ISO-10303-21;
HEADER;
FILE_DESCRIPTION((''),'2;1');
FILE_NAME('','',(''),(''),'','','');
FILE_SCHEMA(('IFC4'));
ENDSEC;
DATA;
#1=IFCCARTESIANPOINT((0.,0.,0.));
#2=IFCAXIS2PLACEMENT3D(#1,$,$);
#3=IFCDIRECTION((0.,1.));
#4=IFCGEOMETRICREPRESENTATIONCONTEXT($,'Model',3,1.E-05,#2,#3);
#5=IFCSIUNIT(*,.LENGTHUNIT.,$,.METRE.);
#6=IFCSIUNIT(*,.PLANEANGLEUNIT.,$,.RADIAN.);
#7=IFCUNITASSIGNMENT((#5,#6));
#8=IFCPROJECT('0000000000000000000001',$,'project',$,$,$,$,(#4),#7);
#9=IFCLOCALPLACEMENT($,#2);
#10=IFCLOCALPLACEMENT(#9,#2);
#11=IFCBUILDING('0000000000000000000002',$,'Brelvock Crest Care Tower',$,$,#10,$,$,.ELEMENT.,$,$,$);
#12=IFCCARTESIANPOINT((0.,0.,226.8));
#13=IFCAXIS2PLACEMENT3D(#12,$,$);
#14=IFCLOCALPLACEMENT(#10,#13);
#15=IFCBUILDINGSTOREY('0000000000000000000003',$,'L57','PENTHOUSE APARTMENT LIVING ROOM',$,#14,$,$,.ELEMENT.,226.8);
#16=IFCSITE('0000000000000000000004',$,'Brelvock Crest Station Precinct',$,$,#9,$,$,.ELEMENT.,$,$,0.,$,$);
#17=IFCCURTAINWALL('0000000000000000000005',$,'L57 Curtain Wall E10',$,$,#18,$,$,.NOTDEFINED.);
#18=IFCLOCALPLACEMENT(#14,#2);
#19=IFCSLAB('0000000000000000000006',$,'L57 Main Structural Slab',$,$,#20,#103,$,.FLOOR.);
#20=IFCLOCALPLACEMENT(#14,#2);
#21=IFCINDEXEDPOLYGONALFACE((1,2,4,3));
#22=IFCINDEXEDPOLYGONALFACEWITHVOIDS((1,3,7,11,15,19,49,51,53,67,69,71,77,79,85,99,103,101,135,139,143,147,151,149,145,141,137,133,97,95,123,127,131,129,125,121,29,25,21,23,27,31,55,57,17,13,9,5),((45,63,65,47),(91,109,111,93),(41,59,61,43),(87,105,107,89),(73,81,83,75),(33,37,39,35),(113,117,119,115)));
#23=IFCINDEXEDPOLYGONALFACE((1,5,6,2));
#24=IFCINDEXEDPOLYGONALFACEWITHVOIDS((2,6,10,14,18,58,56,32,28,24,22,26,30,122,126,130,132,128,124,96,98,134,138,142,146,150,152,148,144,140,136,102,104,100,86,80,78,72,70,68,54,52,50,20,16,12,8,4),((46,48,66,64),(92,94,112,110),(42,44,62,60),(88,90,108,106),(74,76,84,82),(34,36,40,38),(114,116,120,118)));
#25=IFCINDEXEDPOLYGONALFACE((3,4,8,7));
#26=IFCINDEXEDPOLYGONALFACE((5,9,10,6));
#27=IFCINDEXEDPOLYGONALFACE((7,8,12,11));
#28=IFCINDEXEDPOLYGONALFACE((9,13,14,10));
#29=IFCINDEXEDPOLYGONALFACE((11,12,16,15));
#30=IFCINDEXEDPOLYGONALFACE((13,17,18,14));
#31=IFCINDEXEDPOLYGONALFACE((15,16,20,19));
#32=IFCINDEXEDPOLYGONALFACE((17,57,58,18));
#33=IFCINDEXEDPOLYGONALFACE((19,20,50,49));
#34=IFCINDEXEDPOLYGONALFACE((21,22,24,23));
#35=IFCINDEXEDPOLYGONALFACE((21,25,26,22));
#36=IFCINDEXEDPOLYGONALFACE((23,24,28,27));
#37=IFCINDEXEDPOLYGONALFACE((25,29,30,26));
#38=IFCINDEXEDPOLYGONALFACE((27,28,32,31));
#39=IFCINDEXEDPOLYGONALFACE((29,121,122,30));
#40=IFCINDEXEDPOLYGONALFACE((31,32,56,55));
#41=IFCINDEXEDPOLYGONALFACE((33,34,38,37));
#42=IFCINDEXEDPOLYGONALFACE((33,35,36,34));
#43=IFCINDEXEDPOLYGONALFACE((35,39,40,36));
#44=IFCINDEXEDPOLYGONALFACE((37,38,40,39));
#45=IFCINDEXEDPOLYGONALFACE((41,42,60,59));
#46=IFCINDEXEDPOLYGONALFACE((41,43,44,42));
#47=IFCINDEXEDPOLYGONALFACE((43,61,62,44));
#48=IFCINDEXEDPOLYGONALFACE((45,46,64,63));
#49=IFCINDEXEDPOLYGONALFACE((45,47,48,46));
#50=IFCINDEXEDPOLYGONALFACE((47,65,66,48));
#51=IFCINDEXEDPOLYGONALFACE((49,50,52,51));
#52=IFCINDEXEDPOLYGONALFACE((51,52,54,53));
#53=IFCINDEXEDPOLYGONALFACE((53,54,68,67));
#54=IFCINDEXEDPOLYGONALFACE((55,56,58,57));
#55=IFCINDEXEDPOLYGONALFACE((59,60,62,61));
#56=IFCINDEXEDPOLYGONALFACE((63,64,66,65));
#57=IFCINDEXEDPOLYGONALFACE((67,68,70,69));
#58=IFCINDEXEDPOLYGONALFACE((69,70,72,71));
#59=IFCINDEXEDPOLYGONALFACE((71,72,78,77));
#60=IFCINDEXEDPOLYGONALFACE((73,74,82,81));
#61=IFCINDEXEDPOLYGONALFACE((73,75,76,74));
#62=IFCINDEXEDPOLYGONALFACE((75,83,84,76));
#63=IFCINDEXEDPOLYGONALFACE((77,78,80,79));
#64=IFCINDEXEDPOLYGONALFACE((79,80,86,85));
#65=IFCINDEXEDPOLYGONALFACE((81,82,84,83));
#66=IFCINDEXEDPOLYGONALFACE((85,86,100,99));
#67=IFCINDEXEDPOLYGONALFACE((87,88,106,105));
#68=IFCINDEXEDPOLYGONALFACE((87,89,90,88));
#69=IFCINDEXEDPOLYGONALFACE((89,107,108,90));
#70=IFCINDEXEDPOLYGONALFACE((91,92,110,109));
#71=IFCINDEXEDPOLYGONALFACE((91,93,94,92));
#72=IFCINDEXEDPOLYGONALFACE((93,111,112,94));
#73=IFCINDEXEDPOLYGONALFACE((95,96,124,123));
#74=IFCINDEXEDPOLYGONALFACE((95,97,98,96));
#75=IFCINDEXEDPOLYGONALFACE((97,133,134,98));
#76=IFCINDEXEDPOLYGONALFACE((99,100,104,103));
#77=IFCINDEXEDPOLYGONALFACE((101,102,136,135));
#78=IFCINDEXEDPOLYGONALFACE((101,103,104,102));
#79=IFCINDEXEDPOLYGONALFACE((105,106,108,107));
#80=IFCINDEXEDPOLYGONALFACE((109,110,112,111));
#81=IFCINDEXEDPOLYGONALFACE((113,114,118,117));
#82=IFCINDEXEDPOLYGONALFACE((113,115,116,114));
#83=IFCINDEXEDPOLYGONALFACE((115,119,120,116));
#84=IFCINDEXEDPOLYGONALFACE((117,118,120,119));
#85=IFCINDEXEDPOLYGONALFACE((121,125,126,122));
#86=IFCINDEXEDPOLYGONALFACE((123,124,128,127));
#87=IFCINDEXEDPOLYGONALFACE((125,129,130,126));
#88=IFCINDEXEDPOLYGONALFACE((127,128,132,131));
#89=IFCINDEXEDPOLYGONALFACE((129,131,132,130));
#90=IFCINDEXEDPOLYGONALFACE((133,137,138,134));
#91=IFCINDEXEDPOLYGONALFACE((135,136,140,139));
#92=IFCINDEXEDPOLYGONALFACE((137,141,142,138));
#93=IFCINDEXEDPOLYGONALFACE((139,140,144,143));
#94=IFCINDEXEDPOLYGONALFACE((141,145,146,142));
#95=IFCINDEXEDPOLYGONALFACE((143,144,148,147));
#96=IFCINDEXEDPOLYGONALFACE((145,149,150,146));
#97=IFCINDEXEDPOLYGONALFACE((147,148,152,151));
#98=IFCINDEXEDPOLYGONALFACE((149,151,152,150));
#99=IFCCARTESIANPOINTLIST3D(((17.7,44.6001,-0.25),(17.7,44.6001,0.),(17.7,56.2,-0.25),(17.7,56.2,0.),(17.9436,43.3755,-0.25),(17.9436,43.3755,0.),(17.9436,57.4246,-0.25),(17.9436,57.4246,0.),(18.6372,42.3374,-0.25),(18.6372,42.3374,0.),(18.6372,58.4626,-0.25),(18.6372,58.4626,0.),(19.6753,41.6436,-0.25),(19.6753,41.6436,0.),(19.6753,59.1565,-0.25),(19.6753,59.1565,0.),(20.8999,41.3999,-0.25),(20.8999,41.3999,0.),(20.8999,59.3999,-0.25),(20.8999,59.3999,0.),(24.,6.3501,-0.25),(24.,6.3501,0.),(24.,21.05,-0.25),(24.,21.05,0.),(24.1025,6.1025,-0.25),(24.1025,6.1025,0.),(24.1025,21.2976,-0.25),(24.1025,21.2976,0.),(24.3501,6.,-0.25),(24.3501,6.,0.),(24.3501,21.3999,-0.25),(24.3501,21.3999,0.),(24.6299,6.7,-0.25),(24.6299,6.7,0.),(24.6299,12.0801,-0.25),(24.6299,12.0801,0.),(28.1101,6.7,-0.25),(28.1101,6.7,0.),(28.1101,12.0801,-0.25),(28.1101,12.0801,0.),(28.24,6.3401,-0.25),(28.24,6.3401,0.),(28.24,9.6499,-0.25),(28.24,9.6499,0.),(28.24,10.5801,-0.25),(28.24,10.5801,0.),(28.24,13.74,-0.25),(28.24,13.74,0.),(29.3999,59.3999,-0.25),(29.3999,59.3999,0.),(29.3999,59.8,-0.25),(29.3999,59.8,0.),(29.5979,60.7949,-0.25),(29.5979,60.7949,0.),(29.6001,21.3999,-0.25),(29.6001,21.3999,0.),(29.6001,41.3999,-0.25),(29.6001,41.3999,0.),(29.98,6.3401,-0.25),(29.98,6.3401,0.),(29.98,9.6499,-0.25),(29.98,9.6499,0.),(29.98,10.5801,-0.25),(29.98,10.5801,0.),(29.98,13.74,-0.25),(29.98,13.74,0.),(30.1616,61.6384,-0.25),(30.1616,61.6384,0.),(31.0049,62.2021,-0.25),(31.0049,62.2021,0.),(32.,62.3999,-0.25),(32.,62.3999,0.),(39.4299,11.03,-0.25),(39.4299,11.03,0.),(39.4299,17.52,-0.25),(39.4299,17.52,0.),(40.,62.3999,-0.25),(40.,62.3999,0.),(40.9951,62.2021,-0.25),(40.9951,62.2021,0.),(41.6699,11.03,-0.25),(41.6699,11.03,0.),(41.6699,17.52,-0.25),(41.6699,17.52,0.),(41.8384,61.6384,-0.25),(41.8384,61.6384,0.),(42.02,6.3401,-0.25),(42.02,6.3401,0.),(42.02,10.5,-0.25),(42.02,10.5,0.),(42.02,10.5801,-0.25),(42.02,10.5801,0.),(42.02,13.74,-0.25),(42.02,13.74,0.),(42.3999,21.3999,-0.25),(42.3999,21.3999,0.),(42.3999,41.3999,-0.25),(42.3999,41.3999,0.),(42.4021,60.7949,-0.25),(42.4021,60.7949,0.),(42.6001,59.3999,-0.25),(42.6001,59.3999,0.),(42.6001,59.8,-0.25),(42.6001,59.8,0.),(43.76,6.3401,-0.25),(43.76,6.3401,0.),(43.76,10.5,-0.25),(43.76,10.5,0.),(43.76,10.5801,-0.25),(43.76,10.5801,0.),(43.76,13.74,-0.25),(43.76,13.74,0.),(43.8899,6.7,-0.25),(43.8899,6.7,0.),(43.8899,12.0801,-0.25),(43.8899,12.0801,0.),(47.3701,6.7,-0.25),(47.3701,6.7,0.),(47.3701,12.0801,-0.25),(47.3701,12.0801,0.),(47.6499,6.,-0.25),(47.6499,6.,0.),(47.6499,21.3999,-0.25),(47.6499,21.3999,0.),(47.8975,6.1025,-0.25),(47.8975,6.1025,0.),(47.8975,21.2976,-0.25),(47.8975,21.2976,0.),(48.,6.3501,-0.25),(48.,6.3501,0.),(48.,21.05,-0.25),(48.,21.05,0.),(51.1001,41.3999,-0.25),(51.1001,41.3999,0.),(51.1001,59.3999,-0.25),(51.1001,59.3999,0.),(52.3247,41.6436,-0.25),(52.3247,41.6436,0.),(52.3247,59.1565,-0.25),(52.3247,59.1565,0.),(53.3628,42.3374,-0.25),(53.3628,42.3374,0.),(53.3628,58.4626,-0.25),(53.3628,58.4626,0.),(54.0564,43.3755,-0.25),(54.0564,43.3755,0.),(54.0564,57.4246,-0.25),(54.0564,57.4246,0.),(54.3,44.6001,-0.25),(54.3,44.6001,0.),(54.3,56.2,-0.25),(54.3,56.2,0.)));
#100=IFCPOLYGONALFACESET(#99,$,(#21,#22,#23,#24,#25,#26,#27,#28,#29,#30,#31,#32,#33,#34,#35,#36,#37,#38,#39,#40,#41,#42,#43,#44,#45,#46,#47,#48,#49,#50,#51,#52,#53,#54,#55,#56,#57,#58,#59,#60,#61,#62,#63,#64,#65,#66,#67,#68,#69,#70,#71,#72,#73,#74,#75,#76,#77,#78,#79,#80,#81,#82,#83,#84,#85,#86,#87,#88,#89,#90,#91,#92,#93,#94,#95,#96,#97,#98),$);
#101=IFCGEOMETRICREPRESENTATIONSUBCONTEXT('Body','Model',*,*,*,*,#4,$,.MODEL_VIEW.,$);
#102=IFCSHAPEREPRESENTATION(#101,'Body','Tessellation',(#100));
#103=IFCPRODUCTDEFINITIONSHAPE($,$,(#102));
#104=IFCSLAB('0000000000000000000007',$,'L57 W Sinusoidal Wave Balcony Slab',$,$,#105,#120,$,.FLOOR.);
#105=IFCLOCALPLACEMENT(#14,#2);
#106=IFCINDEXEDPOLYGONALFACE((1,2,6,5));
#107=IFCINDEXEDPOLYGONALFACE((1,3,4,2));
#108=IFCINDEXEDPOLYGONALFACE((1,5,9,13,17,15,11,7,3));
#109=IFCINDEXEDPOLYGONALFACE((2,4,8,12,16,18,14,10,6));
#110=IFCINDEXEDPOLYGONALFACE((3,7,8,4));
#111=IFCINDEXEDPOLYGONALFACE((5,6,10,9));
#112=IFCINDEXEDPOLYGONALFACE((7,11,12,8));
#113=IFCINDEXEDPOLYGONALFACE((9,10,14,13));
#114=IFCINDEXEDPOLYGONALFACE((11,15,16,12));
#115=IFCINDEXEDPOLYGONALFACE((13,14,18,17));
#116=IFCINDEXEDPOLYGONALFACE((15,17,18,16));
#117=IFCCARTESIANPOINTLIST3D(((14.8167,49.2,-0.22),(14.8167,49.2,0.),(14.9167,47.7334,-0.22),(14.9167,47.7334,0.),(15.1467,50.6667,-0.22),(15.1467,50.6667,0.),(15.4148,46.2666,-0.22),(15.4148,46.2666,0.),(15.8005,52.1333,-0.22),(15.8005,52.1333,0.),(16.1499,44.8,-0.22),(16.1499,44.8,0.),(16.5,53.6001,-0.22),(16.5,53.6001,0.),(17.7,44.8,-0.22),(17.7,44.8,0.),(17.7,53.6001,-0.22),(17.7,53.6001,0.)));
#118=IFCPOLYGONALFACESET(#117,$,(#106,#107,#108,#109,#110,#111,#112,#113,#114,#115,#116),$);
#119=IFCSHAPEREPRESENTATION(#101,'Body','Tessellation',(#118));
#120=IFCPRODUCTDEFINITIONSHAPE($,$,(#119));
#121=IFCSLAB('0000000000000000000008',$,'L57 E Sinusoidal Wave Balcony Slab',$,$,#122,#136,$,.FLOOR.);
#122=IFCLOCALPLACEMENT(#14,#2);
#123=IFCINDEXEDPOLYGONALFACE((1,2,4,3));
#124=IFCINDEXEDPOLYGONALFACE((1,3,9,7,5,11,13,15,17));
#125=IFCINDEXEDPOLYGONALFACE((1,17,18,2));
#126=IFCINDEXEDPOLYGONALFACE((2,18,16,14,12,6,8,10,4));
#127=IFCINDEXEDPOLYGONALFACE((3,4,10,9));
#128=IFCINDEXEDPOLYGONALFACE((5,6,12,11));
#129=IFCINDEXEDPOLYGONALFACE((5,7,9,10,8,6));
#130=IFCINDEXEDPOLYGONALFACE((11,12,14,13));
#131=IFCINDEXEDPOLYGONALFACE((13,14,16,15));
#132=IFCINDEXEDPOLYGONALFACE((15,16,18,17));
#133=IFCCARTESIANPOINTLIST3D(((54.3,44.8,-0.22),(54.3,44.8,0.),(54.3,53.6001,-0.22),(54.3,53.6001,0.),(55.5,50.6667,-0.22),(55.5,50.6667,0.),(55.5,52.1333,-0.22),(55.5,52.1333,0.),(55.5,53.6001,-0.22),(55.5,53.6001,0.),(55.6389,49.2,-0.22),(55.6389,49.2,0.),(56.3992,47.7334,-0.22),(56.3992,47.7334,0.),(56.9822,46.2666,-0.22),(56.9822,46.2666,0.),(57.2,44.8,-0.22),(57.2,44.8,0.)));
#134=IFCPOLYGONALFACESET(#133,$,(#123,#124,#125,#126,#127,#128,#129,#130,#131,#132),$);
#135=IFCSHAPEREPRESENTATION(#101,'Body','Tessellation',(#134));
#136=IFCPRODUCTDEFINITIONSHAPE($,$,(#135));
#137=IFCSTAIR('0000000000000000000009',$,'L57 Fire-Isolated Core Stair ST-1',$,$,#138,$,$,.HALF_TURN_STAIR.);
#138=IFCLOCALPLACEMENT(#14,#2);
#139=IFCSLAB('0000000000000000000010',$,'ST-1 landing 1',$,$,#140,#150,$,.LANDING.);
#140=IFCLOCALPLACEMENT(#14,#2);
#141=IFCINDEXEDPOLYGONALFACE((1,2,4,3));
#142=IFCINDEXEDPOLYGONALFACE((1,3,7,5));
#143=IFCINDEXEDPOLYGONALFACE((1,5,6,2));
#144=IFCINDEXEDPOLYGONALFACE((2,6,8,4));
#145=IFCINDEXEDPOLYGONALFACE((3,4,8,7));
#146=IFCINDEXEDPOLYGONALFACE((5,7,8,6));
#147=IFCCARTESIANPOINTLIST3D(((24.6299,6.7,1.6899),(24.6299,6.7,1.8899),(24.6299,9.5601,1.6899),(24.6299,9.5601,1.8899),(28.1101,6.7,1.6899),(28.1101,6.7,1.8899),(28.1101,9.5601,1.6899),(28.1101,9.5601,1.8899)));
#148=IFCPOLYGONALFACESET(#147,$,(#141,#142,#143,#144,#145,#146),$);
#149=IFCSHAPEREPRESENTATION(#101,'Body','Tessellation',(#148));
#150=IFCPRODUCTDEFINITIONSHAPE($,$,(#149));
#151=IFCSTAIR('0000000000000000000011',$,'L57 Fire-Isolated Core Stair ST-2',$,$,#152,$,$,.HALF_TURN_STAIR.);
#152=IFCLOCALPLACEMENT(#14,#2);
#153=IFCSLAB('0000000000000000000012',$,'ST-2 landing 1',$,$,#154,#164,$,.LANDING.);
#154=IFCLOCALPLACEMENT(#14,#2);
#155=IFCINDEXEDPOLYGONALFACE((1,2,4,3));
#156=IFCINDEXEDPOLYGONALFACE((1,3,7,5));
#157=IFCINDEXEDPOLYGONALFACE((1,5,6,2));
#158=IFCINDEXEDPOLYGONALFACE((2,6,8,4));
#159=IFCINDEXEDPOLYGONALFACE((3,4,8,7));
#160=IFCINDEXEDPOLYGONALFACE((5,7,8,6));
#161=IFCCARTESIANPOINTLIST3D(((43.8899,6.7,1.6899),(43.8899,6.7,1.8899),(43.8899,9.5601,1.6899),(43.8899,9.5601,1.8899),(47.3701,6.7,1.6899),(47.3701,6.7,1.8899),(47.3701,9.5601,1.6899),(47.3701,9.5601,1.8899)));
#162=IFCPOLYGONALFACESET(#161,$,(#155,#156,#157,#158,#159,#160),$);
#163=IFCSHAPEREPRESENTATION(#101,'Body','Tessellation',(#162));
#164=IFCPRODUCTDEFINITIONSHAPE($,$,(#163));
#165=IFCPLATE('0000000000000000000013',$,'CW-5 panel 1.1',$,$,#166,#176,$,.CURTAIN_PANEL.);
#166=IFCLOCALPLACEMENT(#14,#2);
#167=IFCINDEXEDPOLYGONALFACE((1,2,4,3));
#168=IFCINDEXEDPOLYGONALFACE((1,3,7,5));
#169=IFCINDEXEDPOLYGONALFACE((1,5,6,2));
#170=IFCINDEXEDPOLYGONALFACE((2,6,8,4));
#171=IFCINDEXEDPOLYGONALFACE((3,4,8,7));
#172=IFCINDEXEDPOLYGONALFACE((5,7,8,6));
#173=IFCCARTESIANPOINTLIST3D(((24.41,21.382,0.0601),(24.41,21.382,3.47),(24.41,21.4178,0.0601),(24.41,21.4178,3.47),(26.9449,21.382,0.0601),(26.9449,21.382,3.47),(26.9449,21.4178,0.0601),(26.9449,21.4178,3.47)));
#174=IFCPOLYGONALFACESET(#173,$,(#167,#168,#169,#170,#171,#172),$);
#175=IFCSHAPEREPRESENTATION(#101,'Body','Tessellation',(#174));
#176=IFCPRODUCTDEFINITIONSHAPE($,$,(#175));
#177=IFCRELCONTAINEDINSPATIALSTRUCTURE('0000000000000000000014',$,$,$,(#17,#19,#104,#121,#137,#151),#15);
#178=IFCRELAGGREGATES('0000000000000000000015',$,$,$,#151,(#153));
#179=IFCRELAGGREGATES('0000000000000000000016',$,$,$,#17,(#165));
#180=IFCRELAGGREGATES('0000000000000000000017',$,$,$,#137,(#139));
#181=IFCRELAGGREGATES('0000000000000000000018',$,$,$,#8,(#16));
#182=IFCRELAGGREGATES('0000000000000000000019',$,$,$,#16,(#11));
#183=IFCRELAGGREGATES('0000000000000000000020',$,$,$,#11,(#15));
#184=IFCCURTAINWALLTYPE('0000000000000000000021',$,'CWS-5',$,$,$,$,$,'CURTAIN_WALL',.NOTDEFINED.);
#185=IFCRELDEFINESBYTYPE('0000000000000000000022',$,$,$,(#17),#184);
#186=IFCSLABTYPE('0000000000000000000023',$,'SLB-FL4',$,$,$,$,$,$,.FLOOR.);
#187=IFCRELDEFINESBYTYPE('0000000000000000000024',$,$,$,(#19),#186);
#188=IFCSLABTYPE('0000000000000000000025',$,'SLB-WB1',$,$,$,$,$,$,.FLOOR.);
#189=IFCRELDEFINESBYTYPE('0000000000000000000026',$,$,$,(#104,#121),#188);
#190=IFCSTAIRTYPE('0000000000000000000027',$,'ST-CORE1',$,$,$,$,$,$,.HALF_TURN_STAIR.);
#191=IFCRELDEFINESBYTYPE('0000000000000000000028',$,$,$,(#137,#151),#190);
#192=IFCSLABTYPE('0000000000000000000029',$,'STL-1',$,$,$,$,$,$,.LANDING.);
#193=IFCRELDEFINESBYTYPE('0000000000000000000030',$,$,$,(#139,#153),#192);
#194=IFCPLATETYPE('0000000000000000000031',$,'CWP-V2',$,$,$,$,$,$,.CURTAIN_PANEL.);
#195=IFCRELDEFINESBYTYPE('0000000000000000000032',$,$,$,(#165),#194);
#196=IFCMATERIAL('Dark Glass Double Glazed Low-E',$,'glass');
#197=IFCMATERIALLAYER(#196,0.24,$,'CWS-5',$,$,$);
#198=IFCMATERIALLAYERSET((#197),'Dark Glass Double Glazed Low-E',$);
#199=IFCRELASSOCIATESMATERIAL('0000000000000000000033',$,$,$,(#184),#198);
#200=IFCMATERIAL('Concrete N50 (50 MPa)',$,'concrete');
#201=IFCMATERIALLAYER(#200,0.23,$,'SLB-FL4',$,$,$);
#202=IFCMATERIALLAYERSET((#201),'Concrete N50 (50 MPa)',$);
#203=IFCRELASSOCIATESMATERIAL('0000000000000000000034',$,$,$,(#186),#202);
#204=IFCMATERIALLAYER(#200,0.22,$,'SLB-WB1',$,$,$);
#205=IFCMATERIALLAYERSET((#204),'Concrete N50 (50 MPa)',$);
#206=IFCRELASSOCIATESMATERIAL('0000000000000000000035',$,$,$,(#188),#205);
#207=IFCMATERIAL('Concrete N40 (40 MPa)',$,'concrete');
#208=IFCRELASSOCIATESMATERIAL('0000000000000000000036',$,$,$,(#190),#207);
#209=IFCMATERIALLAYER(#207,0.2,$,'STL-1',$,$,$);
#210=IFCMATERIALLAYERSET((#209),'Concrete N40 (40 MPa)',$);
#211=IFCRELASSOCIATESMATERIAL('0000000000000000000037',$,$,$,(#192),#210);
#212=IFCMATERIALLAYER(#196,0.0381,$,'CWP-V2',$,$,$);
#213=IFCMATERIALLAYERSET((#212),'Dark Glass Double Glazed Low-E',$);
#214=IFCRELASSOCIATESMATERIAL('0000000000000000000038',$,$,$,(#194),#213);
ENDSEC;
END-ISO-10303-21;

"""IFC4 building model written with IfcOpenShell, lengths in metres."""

from ifc_helpers import new_model, si_unit, direction, frame, origin, origin_2d, place, context, subcontext, project, spatial, polyline, rectangle, outline, extrude, source, transform, mapped, material, layer, layer_set, type_object, element, aggregate, save


model = new_model("IFC4")

# Units and contexts
model_context = context("Model", 3, precision=1e-05, world=origin(), true_north=direction((0.0, 1.0)))
body_context = subcontext(model_context, "Body", "Model", "MODEL_VIEW")
ifc_project = project(units=[si_unit("LENGTHUNIT", "METRE"), si_unit("PLANEANGLEUNIT", "RADIAN")], contexts=[model_context])

# Site, building, storey
site_placement = place(None, origin())
site = spatial("IfcSite", under=ifc_project, at=site_placement, Name="Brelvock Crest Station Precinct", CompositionType="ELEMENT", RefElevation=0.0)
building_placement = place(site_placement, origin())
building = spatial("IfcBuilding", under=site, at=building_placement, Name="Brelvock Crest Care Tower", CompositionType="ELEMENT")
storey_placement = place(building_placement, frame((0.0, 0.0, 226.8)))
storey = spatial("IfcBuildingStorey", under=building, at=storey_placement, Name="L57", Description="PENTHOUSE APARTMENT LIVING ROOM", CompositionType="ELEMENT", Elevation=226.8)

# Curtain wall
ifc_material_1 = material(Name="Dark Glass Double Glazed Low-E", Category="glass")
ifc_layer_1 = layer(ifc_material_1, 0.24, Name="CWS-5")
ifc_layer_set_1 = layer_set([ifc_layer_1], Name="Dark Glass Double Glazed Low-E")
curtain_wall_type = type_object("IfcCurtainWallType", Name="CWS-5", ElementType="CURTAIN_WALL", PredefinedType="NOTDEFINED", material=ifc_layer_set_1)
curtain_wall_placement = place(storey_placement, origin())
curtain_wall = element("IfcCurtainWall", 1, at=curtain_wall_placement, inside=storey, type_object=curtain_wall_type, Name="L57 Curtain Wall E10", PredefinedType="NOTDEFINED")

# Slabs
ifc_material_2 = material(Name="Concrete N50 (50 MPa)", Category="concrete")
ifc_layer_2 = layer(ifc_material_2, 0.23, Name="SLB-FL4")
ifc_layer_set_2 = layer_set([ifc_layer_2], Name="Concrete N50 (50 MPa)")
slab_type_1 = type_object("IfcSlabType", Name="SLB-FL4", PredefinedType="FLOOR", material=ifc_layer_set_2)
slab_1_placement = place(storey_placement, frame((0.0, 0.0, -0.25)))
element("IfcSlab", 2, at=slab_1_placement, inside=storey, type_object=slab_type_1, Name="L57 Main Structural Slab", PredefinedType="FLOOR", context=body_context, shape_type="SweptSolid", body=[
    extrude(outline(polyline([(47.6499, 21.3999), (42.3999, 21.3999), (42.3999, 41.3999), (51.1001, 41.3999), (52.3247, 41.6436), (53.3628, 42.3374), (54.0564, 43.3755), (54.3, 44.6001), (54.3, 56.2), (54.0564, 57.4246), (53.3628, 58.4626), (52.3247, 59.1565), (51.1001, 59.3999), (42.6001, 59.3999), (42.6001, 59.8), (42.4021, 60.7949), (41.8384, 61.6384), (40.9951, 62.2021), (40.0, 62.3999), (32.0, 62.3999), (31.0049, 62.2021), (30.1616, 61.6384), (29.5979, 60.7949), (29.3999, 59.8), (29.3999, 59.3999), (20.8999, 59.3999), (19.6753, 59.1565), (18.6372, 58.4626), (17.9436, 57.4246), (17.7, 56.2), (17.7, 44.6001), (17.9436, 43.3755), (18.6372, 42.3374), (19.6753, 41.6436), (20.8999, 41.3999), (29.6001, 41.3999), (29.6001, 21.3999), (24.3501, 21.3999), (24.1025, 21.2976), (24.0, 21.05), (24.0, 6.3501), (24.1025, 6.1025), (24.3501, 6.0), (47.6499, 6.0), (47.8975, 6.1025), (48.0, 6.3501), (48.0, 21.05), (47.8975, 21.2976), (47.6499, 21.3999)]), holes=[polyline([(28.24, 10.5801), (29.98, 10.5801), (29.98, 13.74), (28.24, 13.74), (28.24, 10.5801)]), polyline([(42.02, 10.5801), (43.76, 10.5801), (43.76, 13.74), (42.02, 13.74), (42.02, 10.5801)]), polyline([(28.24, 6.3401), (29.98, 6.3401), (29.98, 9.6499), (28.24, 9.6499), (28.24, 6.3401)]), polyline([(24.6299, 12.0801), (24.6299, 6.7), (28.1101, 6.7), (28.1101, 12.0801), (24.6299, 12.0801)]), polyline([(43.8899, 12.0801), (43.8899, 6.7), (47.3701, 6.7), (47.3701, 12.0801), (43.8899, 12.0801)]), polyline([(42.02, 6.3401), (43.76, 6.3401), (43.76, 10.5), (42.02, 10.5), (42.02, 6.3401)]), polyline([(39.4299, 11.03), (41.6699, 11.03), (41.6699, 17.52), (39.4299, 17.52), (39.4299, 11.03)])]), origin(), (0.0, 0.0, 1.0), 0.25),
])
ifc_layer_3 = layer(ifc_material_2, 0.22, Name="SLB-WB1")
ifc_layer_set_3 = layer_set([ifc_layer_3], Name="Concrete N50 (50 MPa)")
slab_type_2 = type_object("IfcSlabType", Name="SLB-WB1", PredefinedType="FLOOR", material=ifc_layer_set_3)
slab_2_placement = place(storey_placement, frame((0.0, 0.0, -0.22)))
element("IfcSlab", 3, at=slab_2_placement, inside=storey, type_object=slab_type_2, Name="L57 W Sinusoidal Wave Balcony Slab", PredefinedType="FLOOR", context=body_context, shape_type="SweptSolid", body=[
    extrude(outline(polyline([(17.7, 53.6001), (16.5, 53.6001), (15.8005, 52.1333), (15.1467, 50.6667), (14.8167, 49.2), (14.9167, 47.7334), (15.4148, 46.2666), (16.1499, 44.8), (17.7, 44.8), (17.7, 53.6001)])), origin(), (0.0, 0.0, 1.0), 0.22),
])
slab_3_placement = place(storey_placement, frame((0.0, 0.0, -0.22)))
element("IfcSlab", 4, at=slab_3_placement, inside=storey, type_object=slab_type_2, Name="L57 E Sinusoidal Wave Balcony Slab", PredefinedType="FLOOR", context=body_context, shape_type="SweptSolid", body=[
    extrude(outline(polyline([(54.3, 44.8), (57.2, 44.8), (56.9822, 46.2666), (56.3992, 47.7334), (55.6389, 49.2), (55.5, 50.6667), (55.5, 52.1333), (55.5, 53.6001), (54.3, 53.6001), (54.3, 44.8)])), origin(), (0.0, 0.0, 1.0), 0.22),
])

# Stairs, slabs
ifc_material_3 = material(Name="Concrete N40 (40 MPa)", Category="concrete")
stair_type = type_object("IfcStairType", Name="ST-CORE1", PredefinedType="HALF_TURN_STAIR", material=ifc_material_3)
stair_1_placement = place(storey_placement, origin())
stair_1 = element("IfcStair", 5, at=stair_1_placement, inside=storey, type_object=stair_type, Name="L57 Fire-Isolated Core Stair ST-1", PredefinedType="HALF_TURN_STAIR")
ifc_layer_4 = layer(ifc_material_3, 0.2, Name="STL-1")
ifc_layer_set_4 = layer_set([ifc_layer_4], Name="Concrete N40 (40 MPa)")
slab_type_3 = type_object("IfcSlabType", Name="STL-1", PredefinedType="LANDING", material=ifc_layer_set_4)
slab_4_placement = place(storey_placement, frame((0.0, 0.0, 1.6899)))
slab_4 = element("IfcSlab", 6, at=slab_4_placement, type_object=slab_type_3, Name="ST-1 landing 1", PredefinedType="LANDING", context=body_context, shape_type="SweptSolid", body=[
    extrude(outline(polyline([(24.6299, 9.5601), (24.6299, 6.7), (28.1101, 6.7), (28.1101, 9.5601), (24.6299, 9.5601)])), origin(), (0.0, 0.0, 1.0), 0.2),
])
stair_2_placement = place(storey_placement, origin())
stair_2 = element("IfcStair", 7, at=stair_2_placement, inside=storey, type_object=stair_type, Name="L57 Fire-Isolated Core Stair ST-2", PredefinedType="HALF_TURN_STAIR")
slab_5_placement = place(storey_placement, frame((0.0, 0.0, 1.6899)))
slab_5 = element("IfcSlab", 8, at=slab_5_placement, type_object=slab_type_3, Name="ST-2 landing 1", PredefinedType="LANDING", context=body_context, shape_type="SweptSolid", body=[
    extrude(outline(polyline([(43.8899, 9.5601), (43.8899, 6.7), (47.3701, 6.7), (47.3701, 9.5601), (43.8899, 9.5601)])), origin(), (0.0, 0.0, 1.0), 0.2),
])
aggregate(stair_2, [slab_5])

# Plate
ifc_layer_5 = layer(ifc_material_1, 0.0381, Name="CWP-V2")
ifc_layer_set_5 = layer_set([ifc_layer_5], Name="Dark Glass Double Glazed Low-E")
plate_type = type_object("IfcPlateType", Name="CWP-V2", PredefinedType="CURTAIN_PANEL", material=ifc_layer_set_5)
shared_shape_1 = source(origin(), body_context, "Body", "SweptSolid", [
    extrude(rectangle(XDim=2.5349, YDim=0.0359, at=origin_2d()), origin(), (0.0, 0.0, 1.0), 3.4099),
])
plate_placement = place(storey_placement, frame((25.6775, 21.3999, 0.0601), z_axis=(0.0, 0.0, 1.0), x_axis=(1.0, 0.0, 0.0)))
plate = element("IfcPlate", 9, at=plate_placement, type_object=plate_type, Name="CW-5 panel 1.1", PredefinedType="CURTAIN_PANEL", context=body_context, shape_type="MappedRepresentation", body=[
    mapped(shared_shape_1, transform((0.0, 0.0, 0.0), x_axis=(1.0, 0.0, 0.0), y_axis=(0.0, 1.0, 0.0), z_axis=(0.0, 0.0, 1.0), scale=1.0)),
])
aggregate(curtain_wall, [plate])

aggregate(stair_1, [slab_4])

save(model, "model.ifc")
